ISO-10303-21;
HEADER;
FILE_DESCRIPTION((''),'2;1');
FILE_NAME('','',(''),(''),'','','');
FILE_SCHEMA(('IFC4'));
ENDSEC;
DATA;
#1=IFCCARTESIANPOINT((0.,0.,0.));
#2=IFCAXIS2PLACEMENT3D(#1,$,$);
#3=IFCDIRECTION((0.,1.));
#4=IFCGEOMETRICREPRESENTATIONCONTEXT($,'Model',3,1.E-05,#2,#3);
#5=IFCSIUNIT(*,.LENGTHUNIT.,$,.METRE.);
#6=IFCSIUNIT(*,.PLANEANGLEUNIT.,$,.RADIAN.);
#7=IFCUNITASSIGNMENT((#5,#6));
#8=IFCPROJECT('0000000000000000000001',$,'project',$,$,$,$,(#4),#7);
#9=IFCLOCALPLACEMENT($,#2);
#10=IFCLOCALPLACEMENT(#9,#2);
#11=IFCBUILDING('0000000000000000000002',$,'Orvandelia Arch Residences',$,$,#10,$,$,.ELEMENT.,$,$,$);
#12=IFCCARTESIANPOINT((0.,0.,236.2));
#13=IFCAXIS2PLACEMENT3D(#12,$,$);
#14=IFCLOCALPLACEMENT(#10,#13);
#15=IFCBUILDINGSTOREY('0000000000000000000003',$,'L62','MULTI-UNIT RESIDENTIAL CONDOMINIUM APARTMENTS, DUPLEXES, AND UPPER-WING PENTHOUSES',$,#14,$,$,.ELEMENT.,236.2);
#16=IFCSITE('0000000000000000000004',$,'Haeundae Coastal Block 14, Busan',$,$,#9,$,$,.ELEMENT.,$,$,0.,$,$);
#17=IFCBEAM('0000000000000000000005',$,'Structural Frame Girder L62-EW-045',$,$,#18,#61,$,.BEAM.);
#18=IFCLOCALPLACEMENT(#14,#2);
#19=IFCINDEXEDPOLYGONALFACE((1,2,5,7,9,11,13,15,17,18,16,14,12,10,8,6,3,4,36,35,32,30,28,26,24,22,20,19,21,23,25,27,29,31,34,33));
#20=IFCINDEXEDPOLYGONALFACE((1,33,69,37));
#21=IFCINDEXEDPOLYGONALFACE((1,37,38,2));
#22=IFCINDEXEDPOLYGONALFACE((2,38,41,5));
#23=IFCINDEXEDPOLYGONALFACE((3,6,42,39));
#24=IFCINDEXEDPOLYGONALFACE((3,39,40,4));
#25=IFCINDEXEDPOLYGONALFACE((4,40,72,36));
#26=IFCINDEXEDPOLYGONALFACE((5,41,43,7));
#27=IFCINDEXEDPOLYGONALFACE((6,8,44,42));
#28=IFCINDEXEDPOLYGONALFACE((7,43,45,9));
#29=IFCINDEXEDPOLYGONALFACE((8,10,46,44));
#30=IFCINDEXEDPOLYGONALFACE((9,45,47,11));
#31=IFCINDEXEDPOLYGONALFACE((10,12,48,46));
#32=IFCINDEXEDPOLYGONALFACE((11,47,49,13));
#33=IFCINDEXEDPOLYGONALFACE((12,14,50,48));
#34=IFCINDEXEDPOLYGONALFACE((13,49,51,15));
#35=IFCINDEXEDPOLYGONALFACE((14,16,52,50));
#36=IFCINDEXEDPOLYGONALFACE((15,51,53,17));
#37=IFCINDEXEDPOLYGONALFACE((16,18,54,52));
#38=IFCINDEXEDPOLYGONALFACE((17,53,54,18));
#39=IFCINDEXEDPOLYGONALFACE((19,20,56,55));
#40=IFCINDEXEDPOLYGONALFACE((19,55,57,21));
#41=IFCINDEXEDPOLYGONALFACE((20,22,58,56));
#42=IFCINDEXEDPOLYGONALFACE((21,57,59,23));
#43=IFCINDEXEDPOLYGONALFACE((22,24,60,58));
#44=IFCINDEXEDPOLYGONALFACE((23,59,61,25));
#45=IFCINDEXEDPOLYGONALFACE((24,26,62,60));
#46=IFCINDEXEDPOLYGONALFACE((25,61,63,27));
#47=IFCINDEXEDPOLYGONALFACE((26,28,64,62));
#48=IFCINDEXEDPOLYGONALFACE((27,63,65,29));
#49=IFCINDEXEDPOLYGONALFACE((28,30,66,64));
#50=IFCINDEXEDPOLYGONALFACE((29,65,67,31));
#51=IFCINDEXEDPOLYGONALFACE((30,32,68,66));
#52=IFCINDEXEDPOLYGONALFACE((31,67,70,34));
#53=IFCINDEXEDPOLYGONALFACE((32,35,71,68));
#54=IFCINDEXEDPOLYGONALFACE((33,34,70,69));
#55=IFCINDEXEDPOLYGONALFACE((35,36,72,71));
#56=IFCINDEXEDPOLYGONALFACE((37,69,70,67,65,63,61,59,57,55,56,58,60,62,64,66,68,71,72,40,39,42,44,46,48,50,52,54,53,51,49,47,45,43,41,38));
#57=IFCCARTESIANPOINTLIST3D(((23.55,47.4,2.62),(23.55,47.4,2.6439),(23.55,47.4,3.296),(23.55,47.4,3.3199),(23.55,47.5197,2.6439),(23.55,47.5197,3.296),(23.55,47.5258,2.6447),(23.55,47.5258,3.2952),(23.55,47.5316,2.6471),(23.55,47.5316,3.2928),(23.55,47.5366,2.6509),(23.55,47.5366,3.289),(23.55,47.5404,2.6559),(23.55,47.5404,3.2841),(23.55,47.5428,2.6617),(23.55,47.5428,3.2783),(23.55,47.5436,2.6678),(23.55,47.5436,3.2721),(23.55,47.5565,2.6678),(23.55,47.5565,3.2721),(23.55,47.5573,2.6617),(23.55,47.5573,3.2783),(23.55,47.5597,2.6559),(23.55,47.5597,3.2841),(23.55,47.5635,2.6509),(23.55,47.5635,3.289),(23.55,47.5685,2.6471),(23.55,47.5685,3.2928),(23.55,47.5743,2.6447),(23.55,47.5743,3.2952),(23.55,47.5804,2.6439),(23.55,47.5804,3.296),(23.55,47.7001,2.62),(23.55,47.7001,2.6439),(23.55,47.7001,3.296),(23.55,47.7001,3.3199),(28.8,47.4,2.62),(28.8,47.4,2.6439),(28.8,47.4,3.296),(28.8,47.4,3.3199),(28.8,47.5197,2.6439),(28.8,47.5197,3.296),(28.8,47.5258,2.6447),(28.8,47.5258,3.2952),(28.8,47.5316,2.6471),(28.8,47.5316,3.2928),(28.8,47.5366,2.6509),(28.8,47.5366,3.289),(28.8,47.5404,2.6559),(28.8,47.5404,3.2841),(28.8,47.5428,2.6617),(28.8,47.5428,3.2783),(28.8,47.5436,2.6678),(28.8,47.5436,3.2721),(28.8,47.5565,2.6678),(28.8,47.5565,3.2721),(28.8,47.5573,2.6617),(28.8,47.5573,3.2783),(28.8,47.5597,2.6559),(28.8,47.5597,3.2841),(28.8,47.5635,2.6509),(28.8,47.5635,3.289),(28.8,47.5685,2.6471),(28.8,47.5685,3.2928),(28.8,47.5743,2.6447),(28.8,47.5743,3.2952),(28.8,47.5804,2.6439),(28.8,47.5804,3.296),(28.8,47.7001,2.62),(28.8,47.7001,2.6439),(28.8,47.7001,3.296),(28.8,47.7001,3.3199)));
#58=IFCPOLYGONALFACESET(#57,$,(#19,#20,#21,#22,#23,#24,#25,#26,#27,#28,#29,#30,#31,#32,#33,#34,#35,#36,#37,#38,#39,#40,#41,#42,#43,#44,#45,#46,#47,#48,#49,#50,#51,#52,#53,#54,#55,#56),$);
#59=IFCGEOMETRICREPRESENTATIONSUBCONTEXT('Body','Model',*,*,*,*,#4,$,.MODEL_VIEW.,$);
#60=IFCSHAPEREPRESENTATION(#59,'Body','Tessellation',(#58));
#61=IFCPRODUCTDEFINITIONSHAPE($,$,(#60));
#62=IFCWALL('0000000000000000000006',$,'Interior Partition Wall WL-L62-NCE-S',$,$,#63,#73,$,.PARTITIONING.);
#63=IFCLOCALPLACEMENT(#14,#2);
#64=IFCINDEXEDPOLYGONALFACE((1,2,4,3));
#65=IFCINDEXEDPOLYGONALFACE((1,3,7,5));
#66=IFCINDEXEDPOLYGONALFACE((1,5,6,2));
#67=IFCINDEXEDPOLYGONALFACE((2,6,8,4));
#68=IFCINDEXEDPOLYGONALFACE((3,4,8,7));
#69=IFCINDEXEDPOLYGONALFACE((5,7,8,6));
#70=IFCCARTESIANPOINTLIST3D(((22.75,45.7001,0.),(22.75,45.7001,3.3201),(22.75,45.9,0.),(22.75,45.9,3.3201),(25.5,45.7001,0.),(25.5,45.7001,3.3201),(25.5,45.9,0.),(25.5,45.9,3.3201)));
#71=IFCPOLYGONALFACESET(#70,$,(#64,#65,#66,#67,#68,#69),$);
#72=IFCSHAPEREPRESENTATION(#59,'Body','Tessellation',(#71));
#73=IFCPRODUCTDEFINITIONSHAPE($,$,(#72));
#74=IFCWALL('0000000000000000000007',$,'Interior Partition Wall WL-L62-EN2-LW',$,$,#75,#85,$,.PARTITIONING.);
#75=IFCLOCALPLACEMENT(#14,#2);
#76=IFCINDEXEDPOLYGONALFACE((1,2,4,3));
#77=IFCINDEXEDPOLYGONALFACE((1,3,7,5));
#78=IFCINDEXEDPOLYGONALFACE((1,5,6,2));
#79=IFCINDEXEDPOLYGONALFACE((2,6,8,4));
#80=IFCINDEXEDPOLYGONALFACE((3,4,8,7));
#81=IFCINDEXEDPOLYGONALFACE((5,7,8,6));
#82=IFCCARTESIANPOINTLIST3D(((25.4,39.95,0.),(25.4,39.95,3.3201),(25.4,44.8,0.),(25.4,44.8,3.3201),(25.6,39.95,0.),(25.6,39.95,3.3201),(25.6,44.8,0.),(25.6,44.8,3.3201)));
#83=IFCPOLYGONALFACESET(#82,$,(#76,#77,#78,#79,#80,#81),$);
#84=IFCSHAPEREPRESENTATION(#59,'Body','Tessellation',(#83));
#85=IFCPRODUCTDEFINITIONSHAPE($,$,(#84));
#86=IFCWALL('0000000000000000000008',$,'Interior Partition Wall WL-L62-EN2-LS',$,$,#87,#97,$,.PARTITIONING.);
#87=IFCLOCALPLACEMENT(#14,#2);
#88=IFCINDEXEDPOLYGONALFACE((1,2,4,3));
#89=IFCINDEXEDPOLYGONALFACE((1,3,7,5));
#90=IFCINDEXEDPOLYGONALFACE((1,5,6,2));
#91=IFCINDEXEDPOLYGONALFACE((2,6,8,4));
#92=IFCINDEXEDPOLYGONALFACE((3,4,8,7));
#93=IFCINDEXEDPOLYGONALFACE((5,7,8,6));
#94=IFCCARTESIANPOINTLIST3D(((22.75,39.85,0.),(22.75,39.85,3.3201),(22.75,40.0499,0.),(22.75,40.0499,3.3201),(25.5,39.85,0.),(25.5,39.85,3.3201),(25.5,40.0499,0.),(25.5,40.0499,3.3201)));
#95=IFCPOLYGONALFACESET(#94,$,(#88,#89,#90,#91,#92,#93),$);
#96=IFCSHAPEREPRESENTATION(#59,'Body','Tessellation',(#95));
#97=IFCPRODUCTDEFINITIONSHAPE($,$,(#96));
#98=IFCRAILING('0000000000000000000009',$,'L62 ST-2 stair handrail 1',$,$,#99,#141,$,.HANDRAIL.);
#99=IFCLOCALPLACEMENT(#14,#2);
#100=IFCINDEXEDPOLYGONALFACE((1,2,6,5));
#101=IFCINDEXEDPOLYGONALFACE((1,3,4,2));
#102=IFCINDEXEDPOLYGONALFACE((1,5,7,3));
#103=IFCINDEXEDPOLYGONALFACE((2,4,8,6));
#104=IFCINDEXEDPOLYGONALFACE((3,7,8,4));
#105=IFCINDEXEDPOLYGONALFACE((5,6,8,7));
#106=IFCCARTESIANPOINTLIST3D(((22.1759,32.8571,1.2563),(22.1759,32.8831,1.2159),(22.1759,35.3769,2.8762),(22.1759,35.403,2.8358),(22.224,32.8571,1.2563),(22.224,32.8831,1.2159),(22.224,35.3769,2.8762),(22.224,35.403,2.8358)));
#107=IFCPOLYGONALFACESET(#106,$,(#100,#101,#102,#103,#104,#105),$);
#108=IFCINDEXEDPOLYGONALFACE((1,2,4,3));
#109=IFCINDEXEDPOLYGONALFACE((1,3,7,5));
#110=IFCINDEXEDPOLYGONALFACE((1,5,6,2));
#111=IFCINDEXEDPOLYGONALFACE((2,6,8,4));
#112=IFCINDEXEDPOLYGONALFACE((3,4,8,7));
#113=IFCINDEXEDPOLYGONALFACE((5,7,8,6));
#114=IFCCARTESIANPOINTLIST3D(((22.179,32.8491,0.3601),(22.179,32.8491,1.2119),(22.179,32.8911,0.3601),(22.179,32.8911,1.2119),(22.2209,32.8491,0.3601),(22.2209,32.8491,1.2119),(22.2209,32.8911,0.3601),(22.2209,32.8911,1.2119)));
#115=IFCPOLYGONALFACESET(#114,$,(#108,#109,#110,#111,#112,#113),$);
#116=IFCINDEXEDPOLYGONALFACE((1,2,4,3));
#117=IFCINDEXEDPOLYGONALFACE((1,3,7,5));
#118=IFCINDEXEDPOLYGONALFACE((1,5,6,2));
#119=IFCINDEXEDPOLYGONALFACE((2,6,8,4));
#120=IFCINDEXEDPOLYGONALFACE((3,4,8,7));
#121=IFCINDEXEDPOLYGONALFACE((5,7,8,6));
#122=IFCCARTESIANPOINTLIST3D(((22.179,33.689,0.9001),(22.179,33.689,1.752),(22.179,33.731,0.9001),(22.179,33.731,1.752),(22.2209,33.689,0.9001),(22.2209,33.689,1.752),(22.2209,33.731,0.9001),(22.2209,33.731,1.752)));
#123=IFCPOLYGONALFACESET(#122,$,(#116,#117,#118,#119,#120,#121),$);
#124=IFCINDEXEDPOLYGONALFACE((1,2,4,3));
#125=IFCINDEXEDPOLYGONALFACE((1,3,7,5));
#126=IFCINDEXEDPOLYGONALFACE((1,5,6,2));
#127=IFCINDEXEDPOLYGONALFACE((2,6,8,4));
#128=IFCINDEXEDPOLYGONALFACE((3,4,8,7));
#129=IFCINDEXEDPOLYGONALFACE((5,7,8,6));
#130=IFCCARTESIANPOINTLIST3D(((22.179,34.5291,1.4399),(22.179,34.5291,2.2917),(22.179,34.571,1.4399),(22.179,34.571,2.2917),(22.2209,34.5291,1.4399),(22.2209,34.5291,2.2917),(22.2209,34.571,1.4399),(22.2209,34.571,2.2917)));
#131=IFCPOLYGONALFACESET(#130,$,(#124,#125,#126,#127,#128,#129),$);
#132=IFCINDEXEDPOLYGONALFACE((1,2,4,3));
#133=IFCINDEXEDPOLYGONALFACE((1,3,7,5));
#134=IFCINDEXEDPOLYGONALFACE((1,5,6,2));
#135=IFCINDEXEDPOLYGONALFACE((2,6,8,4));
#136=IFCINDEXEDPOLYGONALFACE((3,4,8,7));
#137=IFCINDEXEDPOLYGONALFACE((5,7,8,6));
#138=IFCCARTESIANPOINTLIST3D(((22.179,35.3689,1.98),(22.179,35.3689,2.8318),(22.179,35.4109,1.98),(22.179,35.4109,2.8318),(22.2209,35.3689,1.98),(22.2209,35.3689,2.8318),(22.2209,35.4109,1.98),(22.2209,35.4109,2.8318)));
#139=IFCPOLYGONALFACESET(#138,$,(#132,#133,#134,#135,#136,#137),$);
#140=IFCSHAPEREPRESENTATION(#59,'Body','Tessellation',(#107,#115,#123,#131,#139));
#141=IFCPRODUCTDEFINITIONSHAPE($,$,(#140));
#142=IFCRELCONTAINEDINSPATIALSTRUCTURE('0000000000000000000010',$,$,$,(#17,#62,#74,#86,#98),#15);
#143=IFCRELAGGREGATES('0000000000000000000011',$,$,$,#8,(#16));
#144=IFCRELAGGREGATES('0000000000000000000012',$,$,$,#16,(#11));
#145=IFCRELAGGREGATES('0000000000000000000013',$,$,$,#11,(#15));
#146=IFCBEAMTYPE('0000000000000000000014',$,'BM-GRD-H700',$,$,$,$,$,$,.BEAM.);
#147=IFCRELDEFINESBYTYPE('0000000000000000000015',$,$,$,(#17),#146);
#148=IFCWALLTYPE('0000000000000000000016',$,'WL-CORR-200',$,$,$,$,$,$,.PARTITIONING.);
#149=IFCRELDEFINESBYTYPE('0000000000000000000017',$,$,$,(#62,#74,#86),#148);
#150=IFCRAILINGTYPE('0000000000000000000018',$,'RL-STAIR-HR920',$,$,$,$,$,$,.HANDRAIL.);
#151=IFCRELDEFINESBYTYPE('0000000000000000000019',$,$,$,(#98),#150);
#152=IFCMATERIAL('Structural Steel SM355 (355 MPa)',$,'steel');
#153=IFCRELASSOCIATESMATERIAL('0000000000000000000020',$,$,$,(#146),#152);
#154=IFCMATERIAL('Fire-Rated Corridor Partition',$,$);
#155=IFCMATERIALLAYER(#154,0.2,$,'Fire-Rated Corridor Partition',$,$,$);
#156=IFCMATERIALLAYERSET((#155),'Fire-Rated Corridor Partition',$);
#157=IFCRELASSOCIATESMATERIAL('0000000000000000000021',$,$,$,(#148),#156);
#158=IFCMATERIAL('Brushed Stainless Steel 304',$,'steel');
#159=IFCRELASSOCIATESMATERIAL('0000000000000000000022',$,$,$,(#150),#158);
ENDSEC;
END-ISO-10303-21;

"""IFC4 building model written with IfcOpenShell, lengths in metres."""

from ifc_helpers import new_model, si_unit, direction, frame, frame_2d, origin, origin_2d, place, context, subcontext, project, spatial, rectangle, i_section, extrude, material, layer, layer_set, material_profile, profile_set, type_object, element, save


model = new_model("IFC4")

# Units and contexts
model_context = context("Model", 3, precision=1e-05, world=origin(), true_north=direction((0.0, 1.0)))
body_context = subcontext(model_context, "Body", "Model", "MODEL_VIEW")
ifc_project = project(units=[si_unit("LENGTHUNIT", "METRE"), si_unit("PLANEANGLEUNIT", "RADIAN")], contexts=[model_context])

# Site, building, storey
site_placement = place(None, origin())
site = spatial("IfcSite", under=ifc_project, at=site_placement, Name="Haeundae Coastal Block 14, Busan", CompositionType="ELEMENT", RefElevation=0.0)
building_placement = place(site_placement, origin())
building = spatial("IfcBuilding", under=site, at=building_placement, Name="Orvandelia Arch Residences", CompositionType="ELEMENT")
storey_placement = place(building_placement, frame((0.0, 0.0, 236.2)))
storey = spatial("IfcBuildingStorey", under=building, at=storey_placement, Name="L62", Description="MULTI-UNIT RESIDENTIAL CONDOMINIUM APARTMENTS, DUPLEXES, AND UPPER-WING PENTHOUSES", CompositionType="ELEMENT", Elevation=236.2)

# Beam
ifc_material_1 = material(Name="Structural Steel SM355 (355 MPa)", Category="steel")
ifc_material_profile_1 = material_profile(ifc_material_1, i_section(OverallWidth=0.3, OverallDepth=0.7, WebThickness=0.0129, FlangeThickness=0.0239, FilletRadius=0.0239, at=origin_2d()), Name="Structural Steel SM355 (355 MPa)", Category="steel")
ifc_profile_set_1 = profile_set([ifc_material_profile_1], Name="Structural Steel SM355 (355 MPa)")
beam_type = type_object("IfcBeamType", Name="BM-GRD-H700", PredefinedType="BEAM", material=ifc_profile_set_1)
beam_1_placement = place(storey_placement, frame((23.55, 47.55, 2.97), z_axis=(1.0, 0.0, 0.0), x_axis=(0.0, 1.0, 0.0)))
element("IfcBeam", 1, at=beam_1_placement, inside=storey, type_object=beam_type, Name="Structural Frame Girder L62-EW-045", PredefinedType="BEAM", context=body_context, shape_type="SweptSolid", body=[
    extrude(i_section(OverallWidth=0.3, OverallDepth=0.7, WebThickness=0.0129, FlangeThickness=0.0239, FilletRadius=0.0239, at=origin_2d()), origin(), (0.0, 0.0, 1.0), 5.25),
])

# Walls
ifc_material_2 = material(Name="Fire-Rated Corridor Partition")
ifc_layer_1 = layer(ifc_material_2, 0.2, Name="Fire-Rated Corridor Partition")
ifc_layer_set_1 = layer_set([ifc_layer_1], Name="Fire-Rated Corridor Partition")
wall_type_1 = type_object("IfcWallType", Name="WL-CORR-200", PredefinedType="PARTITIONING", material=ifc_layer_set_1)
wall_1_placement = place(storey_placement, frame((22.75, 45.8, 0.0), z_axis=(0.0, 0.0, 1.0), x_axis=(1.0, 0.0, 0.0)))
element("IfcWall", 2, at=wall_1_placement, inside=storey, type_object=wall_type_1, Name="Interior Partition Wall WL-L62-NCE-S", PredefinedType="PARTITIONING", context=body_context, shape_type="SweptSolid", body=[
    extrude(rectangle(XDim=2.75, YDim=0.2, at=frame_2d((1.375, 0.0))), origin(), (0.0, 0.0, 1.0), 3.3201),
])
wall_2_placement = place(storey_placement, frame((25.5, 39.95, 0.0), z_axis=(0.0, 0.0, 1.0), x_axis=(0.0, 1.0, 0.0)))
element("IfcWall", 3, at=wall_2_placement, inside=storey, type_object=wall_type_1, Name="Interior Partition Wall WL-L62-EN2-LW", PredefinedType="PARTITIONING", context=body_context, shape_type="SweptSolid", body=[
    extrude(rectangle(XDim=4.8501, YDim=0.2, at=frame_2d((2.425, 0.0))), origin(), (0.0, 0.0, 1.0), 3.3201),
])
wall_3_placement = place(storey_placement, frame((22.75, 39.95, 0.0), z_axis=(0.0, 0.0, 1.0), x_axis=(1.0, 0.0, 0.0)))
element("IfcWall", 4, at=wall_3_placement, inside=storey, type_object=wall_type_1, Name="Interior Partition Wall WL-L62-EN2-LS", PredefinedType="PARTITIONING", context=body_context, shape_type="SweptSolid", body=[
    extrude(rectangle(XDim=2.75, YDim=0.2, at=frame_2d((1.375, 0.0))), origin(), (0.0, 0.0, 1.0), 3.3201),
])

# Railing
ifc_material_3 = material(Name="Brushed Stainless Steel 304", Category="steel")
railing_type = type_object("IfcRailingType", Name="RL-STAIR-HR920", PredefinedType="HANDRAIL", material=ifc_material_3)
railing_placement = place(storey_placement, frame((22.2, 32.8701, 0.3601)))
element("IfcRailing", 5, at=railing_placement, inside=storey, type_object=railing_type, Name="L62 ST-2 stair handrail 1", PredefinedType="HANDRAIL", context=body_context, shape_type="SweptSolid", body=[
    extrude(rectangle(XDim=0.0481, YDim=0.0481, at=origin_2d()), frame((0.0, 0.0, 0.876), z_axis=(0.0, 0.841176, 0.540762), x_axis=(-1.0, 0.0, 0.0)), (0.0, 0.0, 1.0), 2.9956),
    extrude(rectangle(XDim=0.042, YDim=0.042, at=origin_2d()), origin(), (0.0, 0.0, 1.0), 0.8518),
    extrude(rectangle(XDim=0.042, YDim=0.042, at=origin_2d()), frame((0.0, 0.8398, 0.54)), (0.0, 0.0, 1.0), 0.8518),
    extrude(rectangle(XDim=0.042, YDim=0.042, at=origin_2d()), frame((0.0, 1.6799, 1.0798)), (0.0, 0.0, 1.0), 0.8518),
    extrude(rectangle(XDim=0.042, YDim=0.042, at=origin_2d()), frame((0.0, 2.5198, 1.6199)), (0.0, 0.0, 1.0), 0.8518),
])

save(model, "model.ifc")
